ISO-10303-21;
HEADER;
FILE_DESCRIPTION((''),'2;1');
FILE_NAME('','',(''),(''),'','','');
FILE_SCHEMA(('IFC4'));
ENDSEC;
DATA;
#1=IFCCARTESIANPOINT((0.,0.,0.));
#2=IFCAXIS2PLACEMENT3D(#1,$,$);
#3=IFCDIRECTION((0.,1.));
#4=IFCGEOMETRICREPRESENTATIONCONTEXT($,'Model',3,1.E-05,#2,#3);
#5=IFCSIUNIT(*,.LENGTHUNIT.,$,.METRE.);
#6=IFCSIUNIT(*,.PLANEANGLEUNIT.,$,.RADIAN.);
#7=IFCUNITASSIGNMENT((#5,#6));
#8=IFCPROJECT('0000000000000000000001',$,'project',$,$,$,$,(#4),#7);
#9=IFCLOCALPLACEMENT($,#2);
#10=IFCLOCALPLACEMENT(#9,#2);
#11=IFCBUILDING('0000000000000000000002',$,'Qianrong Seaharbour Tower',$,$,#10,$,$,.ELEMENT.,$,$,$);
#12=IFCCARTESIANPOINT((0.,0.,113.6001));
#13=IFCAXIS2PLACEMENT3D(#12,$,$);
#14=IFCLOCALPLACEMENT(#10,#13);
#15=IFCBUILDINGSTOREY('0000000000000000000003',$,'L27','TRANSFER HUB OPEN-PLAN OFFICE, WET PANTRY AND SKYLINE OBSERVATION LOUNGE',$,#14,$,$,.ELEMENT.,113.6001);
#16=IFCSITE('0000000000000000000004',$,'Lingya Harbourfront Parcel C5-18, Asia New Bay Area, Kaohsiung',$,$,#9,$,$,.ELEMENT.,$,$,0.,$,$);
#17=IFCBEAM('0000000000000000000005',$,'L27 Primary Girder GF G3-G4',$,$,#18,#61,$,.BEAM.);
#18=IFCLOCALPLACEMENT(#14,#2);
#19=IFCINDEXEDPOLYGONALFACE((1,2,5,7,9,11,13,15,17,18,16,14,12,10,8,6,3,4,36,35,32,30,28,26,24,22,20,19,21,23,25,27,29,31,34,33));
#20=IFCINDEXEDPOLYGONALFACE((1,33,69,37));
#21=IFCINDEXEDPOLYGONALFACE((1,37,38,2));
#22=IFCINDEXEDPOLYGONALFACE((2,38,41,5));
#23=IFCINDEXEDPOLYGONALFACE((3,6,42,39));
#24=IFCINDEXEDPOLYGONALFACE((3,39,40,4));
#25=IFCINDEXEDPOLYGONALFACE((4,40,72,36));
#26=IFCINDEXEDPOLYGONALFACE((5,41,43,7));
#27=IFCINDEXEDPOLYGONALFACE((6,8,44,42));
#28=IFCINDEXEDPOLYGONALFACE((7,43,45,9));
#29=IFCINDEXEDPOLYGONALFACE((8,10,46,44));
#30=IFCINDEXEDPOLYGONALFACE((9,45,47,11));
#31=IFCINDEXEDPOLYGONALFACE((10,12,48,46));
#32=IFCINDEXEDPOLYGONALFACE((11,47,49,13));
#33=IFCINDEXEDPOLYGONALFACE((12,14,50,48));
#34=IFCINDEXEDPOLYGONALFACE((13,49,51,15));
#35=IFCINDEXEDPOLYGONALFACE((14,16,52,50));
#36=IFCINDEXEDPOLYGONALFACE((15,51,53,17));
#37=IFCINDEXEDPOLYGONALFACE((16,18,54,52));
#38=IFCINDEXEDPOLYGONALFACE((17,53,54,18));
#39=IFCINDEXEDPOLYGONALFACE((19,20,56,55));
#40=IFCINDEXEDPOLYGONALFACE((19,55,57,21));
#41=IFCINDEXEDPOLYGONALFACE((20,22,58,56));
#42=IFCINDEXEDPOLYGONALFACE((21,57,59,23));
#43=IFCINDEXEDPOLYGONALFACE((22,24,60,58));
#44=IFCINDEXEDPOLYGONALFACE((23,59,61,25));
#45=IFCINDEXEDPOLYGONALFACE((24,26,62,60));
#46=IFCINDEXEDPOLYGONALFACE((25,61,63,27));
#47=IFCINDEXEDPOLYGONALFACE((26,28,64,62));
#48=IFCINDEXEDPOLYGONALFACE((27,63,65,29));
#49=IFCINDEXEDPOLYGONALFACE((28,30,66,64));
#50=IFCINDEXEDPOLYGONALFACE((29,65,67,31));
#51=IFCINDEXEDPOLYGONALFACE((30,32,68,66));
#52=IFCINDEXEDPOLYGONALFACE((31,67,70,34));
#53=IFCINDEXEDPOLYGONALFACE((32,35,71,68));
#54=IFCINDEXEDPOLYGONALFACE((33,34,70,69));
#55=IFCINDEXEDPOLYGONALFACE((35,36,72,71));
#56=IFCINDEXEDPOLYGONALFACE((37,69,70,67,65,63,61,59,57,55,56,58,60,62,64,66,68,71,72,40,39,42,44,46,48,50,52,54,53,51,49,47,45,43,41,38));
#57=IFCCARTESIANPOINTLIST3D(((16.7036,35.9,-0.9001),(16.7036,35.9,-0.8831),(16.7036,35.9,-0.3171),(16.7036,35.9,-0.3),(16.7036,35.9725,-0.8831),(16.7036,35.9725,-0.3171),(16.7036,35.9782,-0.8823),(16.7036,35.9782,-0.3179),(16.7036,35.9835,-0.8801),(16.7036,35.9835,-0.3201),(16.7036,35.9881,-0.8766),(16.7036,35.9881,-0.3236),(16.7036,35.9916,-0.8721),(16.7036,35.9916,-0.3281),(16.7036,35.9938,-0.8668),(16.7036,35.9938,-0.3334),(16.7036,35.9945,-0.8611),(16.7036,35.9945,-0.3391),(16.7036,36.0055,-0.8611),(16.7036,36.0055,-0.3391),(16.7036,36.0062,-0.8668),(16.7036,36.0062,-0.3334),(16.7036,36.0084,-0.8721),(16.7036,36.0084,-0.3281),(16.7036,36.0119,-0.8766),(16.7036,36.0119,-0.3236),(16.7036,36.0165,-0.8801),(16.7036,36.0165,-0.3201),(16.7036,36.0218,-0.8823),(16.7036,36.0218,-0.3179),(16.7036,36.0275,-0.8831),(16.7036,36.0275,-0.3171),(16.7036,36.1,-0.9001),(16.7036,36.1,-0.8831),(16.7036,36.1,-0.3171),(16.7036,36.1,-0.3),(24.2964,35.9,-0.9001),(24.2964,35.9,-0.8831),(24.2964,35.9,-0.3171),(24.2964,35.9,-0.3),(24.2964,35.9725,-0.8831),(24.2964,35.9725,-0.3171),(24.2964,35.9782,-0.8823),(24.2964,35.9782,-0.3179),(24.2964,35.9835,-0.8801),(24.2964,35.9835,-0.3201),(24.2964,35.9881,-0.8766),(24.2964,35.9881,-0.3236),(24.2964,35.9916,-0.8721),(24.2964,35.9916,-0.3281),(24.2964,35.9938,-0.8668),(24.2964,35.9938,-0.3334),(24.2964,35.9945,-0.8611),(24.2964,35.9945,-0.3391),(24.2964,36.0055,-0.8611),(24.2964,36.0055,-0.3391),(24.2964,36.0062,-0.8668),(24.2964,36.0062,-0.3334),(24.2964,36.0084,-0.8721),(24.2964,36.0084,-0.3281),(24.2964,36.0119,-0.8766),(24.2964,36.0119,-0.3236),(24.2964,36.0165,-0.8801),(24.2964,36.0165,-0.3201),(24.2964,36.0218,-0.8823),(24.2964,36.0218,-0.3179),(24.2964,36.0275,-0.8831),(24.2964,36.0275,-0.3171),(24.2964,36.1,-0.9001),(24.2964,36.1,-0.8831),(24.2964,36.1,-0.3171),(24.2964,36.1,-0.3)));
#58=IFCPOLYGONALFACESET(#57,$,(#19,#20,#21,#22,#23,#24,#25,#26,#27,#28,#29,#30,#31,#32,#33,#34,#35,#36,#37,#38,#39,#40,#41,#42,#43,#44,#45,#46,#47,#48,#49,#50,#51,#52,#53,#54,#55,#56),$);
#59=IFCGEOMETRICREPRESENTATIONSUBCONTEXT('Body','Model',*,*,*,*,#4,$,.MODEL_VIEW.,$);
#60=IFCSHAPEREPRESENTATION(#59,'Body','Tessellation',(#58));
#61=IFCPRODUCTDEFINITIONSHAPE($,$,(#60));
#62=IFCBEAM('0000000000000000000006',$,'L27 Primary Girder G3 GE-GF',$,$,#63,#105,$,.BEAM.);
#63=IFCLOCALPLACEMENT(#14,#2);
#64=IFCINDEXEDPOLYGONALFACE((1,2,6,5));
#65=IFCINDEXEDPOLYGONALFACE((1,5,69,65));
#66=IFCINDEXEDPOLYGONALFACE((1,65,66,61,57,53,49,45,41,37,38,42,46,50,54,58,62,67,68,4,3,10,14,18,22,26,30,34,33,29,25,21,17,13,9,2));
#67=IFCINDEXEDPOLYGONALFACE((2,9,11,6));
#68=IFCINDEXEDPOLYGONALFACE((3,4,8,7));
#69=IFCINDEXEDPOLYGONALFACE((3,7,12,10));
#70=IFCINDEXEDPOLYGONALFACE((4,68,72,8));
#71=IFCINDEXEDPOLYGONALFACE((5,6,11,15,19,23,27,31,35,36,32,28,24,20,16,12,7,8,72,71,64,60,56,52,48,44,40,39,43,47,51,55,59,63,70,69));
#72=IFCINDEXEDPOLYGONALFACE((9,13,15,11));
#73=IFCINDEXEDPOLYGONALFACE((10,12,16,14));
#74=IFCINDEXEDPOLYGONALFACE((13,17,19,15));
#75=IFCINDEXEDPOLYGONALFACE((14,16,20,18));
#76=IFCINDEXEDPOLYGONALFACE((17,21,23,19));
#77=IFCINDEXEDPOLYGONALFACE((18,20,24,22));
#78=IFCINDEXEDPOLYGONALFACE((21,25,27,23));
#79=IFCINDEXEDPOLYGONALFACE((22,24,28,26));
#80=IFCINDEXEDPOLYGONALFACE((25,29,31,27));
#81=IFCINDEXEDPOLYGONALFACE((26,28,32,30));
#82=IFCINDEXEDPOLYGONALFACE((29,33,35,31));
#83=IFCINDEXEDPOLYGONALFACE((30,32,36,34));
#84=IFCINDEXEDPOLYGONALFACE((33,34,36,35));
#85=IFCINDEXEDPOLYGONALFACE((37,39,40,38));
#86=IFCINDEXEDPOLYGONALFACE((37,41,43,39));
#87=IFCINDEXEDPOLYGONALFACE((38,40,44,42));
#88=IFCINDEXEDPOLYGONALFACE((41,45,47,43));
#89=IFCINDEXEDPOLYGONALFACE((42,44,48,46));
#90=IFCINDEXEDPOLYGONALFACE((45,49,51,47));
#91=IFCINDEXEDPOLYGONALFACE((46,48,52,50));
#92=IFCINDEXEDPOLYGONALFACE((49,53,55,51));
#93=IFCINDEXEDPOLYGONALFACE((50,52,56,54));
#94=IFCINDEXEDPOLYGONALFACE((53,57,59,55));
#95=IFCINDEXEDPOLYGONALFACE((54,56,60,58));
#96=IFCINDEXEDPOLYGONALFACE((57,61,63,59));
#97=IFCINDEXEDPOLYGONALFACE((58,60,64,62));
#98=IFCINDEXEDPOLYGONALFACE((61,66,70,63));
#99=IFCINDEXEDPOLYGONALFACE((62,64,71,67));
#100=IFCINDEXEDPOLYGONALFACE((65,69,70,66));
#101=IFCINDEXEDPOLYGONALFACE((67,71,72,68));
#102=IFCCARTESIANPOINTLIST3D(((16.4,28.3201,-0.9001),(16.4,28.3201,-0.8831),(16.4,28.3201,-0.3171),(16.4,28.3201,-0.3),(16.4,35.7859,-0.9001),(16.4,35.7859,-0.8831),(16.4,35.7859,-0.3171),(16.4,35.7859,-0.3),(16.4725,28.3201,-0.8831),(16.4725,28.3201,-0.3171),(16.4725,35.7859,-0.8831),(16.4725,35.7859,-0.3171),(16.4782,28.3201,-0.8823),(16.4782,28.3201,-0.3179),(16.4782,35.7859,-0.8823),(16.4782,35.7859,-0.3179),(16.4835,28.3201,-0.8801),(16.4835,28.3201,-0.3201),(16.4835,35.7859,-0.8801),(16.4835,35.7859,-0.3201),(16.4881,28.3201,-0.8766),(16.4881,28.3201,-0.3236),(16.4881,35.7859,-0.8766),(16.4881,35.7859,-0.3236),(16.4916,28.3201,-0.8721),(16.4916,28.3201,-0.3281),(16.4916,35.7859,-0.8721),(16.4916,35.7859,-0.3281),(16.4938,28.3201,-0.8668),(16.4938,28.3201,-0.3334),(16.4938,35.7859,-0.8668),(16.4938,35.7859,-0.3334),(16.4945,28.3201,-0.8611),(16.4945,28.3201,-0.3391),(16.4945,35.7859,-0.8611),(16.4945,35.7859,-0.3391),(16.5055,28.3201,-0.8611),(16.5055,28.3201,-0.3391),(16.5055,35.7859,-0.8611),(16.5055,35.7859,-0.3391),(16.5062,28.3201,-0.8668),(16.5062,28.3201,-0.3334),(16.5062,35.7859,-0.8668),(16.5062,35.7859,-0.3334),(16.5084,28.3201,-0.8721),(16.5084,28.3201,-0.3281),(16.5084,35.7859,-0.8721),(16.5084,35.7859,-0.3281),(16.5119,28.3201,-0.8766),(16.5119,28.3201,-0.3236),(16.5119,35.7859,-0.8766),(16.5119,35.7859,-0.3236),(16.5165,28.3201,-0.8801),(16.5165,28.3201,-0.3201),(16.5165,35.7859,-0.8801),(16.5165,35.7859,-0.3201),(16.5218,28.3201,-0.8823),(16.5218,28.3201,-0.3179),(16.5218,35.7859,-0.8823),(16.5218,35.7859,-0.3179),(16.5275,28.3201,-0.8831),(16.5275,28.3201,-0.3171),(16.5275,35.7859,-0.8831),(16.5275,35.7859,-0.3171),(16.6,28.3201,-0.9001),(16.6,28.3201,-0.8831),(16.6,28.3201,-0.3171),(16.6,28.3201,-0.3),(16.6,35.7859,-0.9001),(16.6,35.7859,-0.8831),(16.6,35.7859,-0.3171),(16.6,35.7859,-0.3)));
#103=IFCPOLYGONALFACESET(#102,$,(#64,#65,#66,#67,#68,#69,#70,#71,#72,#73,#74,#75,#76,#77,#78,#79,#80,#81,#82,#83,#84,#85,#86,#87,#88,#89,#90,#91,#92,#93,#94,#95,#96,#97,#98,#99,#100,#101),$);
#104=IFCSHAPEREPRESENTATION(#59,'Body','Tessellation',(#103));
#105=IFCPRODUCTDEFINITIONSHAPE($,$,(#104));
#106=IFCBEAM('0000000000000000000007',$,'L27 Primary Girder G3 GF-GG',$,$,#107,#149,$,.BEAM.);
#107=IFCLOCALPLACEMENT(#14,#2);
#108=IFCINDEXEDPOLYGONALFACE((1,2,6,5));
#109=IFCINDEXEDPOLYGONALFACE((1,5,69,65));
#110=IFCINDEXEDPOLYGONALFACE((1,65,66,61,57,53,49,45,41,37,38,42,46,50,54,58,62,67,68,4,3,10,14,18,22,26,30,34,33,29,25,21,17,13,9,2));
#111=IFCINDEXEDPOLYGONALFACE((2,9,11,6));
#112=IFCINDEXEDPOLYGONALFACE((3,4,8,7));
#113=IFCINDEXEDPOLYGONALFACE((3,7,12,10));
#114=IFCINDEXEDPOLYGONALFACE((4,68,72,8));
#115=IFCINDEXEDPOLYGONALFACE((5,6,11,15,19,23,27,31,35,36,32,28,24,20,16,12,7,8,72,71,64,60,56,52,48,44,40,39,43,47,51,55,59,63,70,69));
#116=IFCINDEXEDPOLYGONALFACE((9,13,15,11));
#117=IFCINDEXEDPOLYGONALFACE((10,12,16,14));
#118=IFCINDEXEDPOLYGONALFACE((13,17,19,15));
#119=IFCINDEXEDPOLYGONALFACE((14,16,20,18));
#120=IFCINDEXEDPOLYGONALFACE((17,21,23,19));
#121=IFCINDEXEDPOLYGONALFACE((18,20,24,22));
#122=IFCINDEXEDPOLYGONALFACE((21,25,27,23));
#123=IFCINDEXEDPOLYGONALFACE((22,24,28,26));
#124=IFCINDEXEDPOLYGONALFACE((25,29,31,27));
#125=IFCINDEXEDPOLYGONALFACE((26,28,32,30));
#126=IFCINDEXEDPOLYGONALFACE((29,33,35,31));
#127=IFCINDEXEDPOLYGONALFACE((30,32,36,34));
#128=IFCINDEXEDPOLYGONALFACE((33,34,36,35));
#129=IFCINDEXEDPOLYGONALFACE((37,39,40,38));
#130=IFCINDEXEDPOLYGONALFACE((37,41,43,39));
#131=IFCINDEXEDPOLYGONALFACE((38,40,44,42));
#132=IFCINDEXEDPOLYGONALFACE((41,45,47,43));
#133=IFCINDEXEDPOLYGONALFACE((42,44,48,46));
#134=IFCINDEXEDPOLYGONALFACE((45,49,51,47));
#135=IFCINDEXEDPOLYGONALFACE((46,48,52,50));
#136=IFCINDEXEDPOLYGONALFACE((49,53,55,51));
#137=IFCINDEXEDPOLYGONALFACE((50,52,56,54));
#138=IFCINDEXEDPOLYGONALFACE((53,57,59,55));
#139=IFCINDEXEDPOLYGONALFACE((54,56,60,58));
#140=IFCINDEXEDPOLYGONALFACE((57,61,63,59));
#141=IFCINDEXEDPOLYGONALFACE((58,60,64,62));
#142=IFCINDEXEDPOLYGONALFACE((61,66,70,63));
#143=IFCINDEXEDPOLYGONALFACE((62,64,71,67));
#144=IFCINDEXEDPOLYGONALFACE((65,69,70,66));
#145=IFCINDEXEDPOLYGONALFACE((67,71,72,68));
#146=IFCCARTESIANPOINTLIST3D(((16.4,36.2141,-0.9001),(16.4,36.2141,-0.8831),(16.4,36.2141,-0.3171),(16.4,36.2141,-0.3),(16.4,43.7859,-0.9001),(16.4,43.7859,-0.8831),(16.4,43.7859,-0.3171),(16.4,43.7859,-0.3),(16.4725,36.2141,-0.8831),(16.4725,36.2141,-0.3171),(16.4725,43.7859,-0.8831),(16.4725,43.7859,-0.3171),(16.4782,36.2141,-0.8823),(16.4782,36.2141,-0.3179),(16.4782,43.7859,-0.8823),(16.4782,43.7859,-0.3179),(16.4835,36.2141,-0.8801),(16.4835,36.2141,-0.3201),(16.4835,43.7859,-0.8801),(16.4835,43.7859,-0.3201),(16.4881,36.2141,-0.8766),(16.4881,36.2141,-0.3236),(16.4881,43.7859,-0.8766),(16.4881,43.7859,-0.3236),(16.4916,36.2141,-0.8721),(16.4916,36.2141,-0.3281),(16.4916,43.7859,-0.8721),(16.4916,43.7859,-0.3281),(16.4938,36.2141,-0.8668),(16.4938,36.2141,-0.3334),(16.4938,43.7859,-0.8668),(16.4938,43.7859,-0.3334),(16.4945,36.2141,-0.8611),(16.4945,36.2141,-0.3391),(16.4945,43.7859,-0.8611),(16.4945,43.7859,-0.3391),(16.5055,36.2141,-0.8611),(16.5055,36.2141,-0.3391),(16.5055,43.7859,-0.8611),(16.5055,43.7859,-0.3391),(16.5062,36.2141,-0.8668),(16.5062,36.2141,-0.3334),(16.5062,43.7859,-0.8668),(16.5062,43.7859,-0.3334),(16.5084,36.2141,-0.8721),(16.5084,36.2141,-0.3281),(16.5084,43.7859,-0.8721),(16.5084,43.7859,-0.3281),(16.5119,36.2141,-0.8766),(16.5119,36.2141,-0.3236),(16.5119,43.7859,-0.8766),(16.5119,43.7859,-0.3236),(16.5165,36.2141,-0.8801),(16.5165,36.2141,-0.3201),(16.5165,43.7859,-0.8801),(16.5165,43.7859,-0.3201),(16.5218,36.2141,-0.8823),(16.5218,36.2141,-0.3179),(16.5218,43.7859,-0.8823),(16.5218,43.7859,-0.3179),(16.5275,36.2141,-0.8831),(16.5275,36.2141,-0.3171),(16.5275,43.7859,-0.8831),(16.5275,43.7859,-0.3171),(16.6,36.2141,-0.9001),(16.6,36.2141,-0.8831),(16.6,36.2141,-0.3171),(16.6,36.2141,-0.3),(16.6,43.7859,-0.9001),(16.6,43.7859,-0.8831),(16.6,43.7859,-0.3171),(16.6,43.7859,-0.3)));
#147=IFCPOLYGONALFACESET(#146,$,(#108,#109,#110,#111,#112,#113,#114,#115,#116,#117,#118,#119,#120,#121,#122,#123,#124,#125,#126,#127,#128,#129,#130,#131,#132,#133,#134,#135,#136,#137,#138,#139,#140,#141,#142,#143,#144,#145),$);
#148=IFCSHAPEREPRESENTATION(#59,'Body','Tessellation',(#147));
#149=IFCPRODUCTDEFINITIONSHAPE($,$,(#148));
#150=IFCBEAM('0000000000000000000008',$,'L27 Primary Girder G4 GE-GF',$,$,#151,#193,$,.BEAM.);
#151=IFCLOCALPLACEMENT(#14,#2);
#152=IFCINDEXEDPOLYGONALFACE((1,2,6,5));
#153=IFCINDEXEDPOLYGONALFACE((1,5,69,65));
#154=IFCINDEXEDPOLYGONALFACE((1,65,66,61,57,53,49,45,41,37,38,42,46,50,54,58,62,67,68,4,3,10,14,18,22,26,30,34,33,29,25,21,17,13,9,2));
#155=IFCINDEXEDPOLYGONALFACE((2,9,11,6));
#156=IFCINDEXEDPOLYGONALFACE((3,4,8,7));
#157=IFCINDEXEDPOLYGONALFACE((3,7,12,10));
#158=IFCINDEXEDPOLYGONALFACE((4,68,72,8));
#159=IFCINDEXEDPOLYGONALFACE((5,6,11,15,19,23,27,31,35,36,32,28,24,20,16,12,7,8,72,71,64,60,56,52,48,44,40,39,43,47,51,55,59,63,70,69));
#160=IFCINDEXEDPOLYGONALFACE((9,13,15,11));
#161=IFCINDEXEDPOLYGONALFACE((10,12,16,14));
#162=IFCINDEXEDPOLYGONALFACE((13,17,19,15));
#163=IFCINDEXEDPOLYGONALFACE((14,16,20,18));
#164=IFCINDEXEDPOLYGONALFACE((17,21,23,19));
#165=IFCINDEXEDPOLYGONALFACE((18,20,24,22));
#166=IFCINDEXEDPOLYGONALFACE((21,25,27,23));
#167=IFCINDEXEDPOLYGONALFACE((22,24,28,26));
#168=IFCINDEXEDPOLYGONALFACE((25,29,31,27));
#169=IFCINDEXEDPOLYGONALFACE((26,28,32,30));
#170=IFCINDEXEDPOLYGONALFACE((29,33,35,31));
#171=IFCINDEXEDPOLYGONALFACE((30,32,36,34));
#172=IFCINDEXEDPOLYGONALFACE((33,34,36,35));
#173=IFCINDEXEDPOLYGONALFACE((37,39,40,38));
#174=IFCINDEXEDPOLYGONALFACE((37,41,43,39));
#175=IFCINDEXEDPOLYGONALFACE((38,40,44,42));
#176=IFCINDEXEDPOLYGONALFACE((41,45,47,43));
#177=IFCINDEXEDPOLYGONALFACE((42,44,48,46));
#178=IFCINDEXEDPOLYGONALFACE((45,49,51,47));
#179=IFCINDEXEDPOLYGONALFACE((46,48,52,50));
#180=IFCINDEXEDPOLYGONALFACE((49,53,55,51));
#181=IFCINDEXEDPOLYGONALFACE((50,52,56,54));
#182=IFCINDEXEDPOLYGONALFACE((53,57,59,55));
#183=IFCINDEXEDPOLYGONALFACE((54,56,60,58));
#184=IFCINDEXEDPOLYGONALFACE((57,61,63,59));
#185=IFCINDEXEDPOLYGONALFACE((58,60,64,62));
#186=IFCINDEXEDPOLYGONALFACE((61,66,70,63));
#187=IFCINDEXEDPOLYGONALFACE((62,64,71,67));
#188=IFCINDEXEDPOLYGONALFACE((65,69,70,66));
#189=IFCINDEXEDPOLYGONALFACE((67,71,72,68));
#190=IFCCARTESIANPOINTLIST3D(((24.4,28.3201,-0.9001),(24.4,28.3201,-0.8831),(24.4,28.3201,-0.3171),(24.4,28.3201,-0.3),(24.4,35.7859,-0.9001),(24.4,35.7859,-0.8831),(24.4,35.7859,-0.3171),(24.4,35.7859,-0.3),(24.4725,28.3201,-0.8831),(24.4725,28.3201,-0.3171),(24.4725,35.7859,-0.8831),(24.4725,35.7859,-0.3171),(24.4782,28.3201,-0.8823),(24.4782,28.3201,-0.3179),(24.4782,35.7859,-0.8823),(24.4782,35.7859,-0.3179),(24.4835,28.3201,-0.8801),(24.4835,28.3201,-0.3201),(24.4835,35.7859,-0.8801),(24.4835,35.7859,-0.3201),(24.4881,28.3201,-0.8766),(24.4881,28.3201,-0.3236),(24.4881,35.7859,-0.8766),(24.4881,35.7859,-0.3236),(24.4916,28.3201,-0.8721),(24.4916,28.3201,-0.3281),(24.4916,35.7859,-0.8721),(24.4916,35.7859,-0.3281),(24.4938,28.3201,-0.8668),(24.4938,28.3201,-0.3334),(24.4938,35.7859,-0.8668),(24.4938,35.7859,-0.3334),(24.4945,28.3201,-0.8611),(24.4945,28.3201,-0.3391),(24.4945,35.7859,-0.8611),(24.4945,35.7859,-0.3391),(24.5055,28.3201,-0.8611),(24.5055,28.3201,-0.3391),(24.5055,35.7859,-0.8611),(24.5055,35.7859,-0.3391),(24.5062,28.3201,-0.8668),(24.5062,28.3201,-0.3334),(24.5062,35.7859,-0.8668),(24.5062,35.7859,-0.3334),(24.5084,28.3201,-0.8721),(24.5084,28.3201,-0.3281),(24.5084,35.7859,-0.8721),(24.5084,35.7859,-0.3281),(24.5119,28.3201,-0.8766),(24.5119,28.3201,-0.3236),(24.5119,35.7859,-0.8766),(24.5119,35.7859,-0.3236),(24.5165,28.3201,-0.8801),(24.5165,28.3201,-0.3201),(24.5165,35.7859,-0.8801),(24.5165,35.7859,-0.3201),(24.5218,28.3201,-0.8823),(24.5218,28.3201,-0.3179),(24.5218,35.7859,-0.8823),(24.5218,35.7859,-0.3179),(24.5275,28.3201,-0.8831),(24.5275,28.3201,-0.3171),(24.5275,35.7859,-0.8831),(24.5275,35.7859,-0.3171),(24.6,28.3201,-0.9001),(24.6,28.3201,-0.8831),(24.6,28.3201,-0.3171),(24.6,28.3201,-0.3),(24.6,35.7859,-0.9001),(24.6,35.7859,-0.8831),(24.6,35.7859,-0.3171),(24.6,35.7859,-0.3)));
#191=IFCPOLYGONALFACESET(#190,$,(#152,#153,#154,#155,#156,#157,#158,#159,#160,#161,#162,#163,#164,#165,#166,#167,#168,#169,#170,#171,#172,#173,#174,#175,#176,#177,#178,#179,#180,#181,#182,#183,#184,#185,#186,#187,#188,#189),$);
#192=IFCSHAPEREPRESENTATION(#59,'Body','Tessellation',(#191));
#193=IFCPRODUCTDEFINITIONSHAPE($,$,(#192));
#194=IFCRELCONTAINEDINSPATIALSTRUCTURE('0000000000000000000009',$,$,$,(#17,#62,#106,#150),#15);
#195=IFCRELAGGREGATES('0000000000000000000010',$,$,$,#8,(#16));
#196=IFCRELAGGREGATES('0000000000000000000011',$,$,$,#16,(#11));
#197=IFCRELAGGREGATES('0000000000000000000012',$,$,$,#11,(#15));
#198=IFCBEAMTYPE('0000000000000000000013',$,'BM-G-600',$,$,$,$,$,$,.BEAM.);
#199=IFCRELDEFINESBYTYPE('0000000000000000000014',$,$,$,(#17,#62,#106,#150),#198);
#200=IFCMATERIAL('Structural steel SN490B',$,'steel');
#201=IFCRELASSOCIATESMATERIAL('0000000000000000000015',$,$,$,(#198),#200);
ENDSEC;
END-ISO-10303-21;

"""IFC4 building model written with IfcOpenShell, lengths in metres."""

from ifc_helpers import new_model, si_unit, direction, frame, origin, origin_2d, place, context, subcontext, project, spatial, i_section, extrude, material, material_profile, profile_set, type_object, element, save


model = new_model("IFC4")

# Units and contexts
model_context = context("Model", 3, precision=1e-05, world=origin(), true_north=direction((0.0, 1.0)))
body_context = subcontext(model_context, "Body", "Model", "MODEL_VIEW")
ifc_project = project(units=[si_unit("LENGTHUNIT", "METRE"), si_unit("PLANEANGLEUNIT", "RADIAN")], contexts=[model_context])

# Site, building, storey
site_placement = place(None, origin())
site = spatial("IfcSite", under=ifc_project, at=site_placement, Name="Lingya Harbourfront Parcel C5-18, Asia New Bay Area, Kaohsiung", CompositionType="ELEMENT", RefElevation=0.0)
building_placement = place(site_placement, origin())
building = spatial("IfcBuilding", under=site, at=building_placement, Name="Qianrong Seaharbour Tower", CompositionType="ELEMENT")
storey_placement = place(building_placement, frame((0.0, 0.0, 113.6001)))
storey = spatial("IfcBuildingStorey", under=building, at=storey_placement, Name="L27", Description="TRANSFER HUB OPEN-PLAN OFFICE, WET PANTRY AND SKYLINE OBSERVATION LOUNGE", CompositionType="ELEMENT", Elevation=113.6001)

# Shared definitions
ifc_material_1 = material(Name="Structural steel SN490B", Category="steel")

# Beams
ifc_material_profile_1 = material_profile(ifc_material_1, i_section(OverallWidth=0.2, OverallDepth=0.6001, WebThickness=0.011, FlangeThickness=0.0171, FilletRadius=0.022, at=origin_2d()), Name="H600x200x11x17")
ifc_profile_set_1 = profile_set([ifc_material_profile_1], Name="Structural steel SN490B")
beam_type_1 = type_object("IfcBeamType", Name="BM-G-600", PredefinedType="BEAM", material=ifc_profile_set_1)
beam_1_placement = place(storey_placement, frame((16.7036, 36.0, -0.6001), z_axis=(1.0, 0.0, 0.0), x_axis=(0.0, 1.0, 0.0)))
element("IfcBeam", 1, at=beam_1_placement, inside=storey, type_object=beam_type_1, Name="L27 Primary Girder GF G3-G4", PredefinedType="BEAM", context=body_context, shape_type="SweptSolid", body=[
    extrude(i_section(OverallWidth=0.2, OverallDepth=0.6001, WebThickness=0.011, FlangeThickness=0.0171, FilletRadius=0.022, at=origin_2d()), origin(), (0.0, 0.0, 1.0), 7.5928),
])
beam_2_placement = place(storey_placement, frame((16.5, 28.3201, -0.6001), z_axis=(0.0, 1.0, 0.0), x_axis=(-1.0, 0.0, 0.0)))
element("IfcBeam", 2, at=beam_2_placement, inside=storey, type_object=beam_type_1, Name="L27 Primary Girder G3 GE-GF", PredefinedType="BEAM", context=body_context, shape_type="SweptSolid", body=[
    extrude(i_section(OverallWidth=0.2, OverallDepth=0.6001, WebThickness=0.011, FlangeThickness=0.0171, FilletRadius=0.022, at=origin_2d()), origin(), (0.0, 0.0, 1.0), 7.4658),
])
beam_3_placement = place(storey_placement, frame((16.5, 36.2141, -0.6001), z_axis=(0.0, 1.0, 0.0), x_axis=(-1.0, 0.0, 0.0)))
element("IfcBeam", 3, at=beam_3_placement, inside=storey, type_object=beam_type_1, Name="L27 Primary Girder G3 GF-GG", PredefinedType="BEAM", context=body_context, shape_type="SweptSolid", body=[
    extrude(i_section(OverallWidth=0.2, OverallDepth=0.6001, WebThickness=0.011, FlangeThickness=0.0171, FilletRadius=0.022, at=origin_2d()), origin(), (0.0, 0.0, 1.0), 7.5718),
])
beam_4_placement = place(storey_placement, frame((24.5, 28.3201, -0.6001), z_axis=(0.0, 1.0, 0.0), x_axis=(-1.0, 0.0, 0.0)))
element("IfcBeam", 4, at=beam_4_placement, inside=storey, type_object=beam_type_1, Name="L27 Primary Girder G4 GE-GF", PredefinedType="BEAM", context=body_context, shape_type="SweptSolid", body=[
    extrude(i_section(OverallWidth=0.2, OverallDepth=0.6001, WebThickness=0.011, FlangeThickness=0.0171, FilletRadius=0.022, at=origin_2d()), origin(), (0.0, 0.0, 1.0), 7.4658),
])

save(model, "model.ifc")
